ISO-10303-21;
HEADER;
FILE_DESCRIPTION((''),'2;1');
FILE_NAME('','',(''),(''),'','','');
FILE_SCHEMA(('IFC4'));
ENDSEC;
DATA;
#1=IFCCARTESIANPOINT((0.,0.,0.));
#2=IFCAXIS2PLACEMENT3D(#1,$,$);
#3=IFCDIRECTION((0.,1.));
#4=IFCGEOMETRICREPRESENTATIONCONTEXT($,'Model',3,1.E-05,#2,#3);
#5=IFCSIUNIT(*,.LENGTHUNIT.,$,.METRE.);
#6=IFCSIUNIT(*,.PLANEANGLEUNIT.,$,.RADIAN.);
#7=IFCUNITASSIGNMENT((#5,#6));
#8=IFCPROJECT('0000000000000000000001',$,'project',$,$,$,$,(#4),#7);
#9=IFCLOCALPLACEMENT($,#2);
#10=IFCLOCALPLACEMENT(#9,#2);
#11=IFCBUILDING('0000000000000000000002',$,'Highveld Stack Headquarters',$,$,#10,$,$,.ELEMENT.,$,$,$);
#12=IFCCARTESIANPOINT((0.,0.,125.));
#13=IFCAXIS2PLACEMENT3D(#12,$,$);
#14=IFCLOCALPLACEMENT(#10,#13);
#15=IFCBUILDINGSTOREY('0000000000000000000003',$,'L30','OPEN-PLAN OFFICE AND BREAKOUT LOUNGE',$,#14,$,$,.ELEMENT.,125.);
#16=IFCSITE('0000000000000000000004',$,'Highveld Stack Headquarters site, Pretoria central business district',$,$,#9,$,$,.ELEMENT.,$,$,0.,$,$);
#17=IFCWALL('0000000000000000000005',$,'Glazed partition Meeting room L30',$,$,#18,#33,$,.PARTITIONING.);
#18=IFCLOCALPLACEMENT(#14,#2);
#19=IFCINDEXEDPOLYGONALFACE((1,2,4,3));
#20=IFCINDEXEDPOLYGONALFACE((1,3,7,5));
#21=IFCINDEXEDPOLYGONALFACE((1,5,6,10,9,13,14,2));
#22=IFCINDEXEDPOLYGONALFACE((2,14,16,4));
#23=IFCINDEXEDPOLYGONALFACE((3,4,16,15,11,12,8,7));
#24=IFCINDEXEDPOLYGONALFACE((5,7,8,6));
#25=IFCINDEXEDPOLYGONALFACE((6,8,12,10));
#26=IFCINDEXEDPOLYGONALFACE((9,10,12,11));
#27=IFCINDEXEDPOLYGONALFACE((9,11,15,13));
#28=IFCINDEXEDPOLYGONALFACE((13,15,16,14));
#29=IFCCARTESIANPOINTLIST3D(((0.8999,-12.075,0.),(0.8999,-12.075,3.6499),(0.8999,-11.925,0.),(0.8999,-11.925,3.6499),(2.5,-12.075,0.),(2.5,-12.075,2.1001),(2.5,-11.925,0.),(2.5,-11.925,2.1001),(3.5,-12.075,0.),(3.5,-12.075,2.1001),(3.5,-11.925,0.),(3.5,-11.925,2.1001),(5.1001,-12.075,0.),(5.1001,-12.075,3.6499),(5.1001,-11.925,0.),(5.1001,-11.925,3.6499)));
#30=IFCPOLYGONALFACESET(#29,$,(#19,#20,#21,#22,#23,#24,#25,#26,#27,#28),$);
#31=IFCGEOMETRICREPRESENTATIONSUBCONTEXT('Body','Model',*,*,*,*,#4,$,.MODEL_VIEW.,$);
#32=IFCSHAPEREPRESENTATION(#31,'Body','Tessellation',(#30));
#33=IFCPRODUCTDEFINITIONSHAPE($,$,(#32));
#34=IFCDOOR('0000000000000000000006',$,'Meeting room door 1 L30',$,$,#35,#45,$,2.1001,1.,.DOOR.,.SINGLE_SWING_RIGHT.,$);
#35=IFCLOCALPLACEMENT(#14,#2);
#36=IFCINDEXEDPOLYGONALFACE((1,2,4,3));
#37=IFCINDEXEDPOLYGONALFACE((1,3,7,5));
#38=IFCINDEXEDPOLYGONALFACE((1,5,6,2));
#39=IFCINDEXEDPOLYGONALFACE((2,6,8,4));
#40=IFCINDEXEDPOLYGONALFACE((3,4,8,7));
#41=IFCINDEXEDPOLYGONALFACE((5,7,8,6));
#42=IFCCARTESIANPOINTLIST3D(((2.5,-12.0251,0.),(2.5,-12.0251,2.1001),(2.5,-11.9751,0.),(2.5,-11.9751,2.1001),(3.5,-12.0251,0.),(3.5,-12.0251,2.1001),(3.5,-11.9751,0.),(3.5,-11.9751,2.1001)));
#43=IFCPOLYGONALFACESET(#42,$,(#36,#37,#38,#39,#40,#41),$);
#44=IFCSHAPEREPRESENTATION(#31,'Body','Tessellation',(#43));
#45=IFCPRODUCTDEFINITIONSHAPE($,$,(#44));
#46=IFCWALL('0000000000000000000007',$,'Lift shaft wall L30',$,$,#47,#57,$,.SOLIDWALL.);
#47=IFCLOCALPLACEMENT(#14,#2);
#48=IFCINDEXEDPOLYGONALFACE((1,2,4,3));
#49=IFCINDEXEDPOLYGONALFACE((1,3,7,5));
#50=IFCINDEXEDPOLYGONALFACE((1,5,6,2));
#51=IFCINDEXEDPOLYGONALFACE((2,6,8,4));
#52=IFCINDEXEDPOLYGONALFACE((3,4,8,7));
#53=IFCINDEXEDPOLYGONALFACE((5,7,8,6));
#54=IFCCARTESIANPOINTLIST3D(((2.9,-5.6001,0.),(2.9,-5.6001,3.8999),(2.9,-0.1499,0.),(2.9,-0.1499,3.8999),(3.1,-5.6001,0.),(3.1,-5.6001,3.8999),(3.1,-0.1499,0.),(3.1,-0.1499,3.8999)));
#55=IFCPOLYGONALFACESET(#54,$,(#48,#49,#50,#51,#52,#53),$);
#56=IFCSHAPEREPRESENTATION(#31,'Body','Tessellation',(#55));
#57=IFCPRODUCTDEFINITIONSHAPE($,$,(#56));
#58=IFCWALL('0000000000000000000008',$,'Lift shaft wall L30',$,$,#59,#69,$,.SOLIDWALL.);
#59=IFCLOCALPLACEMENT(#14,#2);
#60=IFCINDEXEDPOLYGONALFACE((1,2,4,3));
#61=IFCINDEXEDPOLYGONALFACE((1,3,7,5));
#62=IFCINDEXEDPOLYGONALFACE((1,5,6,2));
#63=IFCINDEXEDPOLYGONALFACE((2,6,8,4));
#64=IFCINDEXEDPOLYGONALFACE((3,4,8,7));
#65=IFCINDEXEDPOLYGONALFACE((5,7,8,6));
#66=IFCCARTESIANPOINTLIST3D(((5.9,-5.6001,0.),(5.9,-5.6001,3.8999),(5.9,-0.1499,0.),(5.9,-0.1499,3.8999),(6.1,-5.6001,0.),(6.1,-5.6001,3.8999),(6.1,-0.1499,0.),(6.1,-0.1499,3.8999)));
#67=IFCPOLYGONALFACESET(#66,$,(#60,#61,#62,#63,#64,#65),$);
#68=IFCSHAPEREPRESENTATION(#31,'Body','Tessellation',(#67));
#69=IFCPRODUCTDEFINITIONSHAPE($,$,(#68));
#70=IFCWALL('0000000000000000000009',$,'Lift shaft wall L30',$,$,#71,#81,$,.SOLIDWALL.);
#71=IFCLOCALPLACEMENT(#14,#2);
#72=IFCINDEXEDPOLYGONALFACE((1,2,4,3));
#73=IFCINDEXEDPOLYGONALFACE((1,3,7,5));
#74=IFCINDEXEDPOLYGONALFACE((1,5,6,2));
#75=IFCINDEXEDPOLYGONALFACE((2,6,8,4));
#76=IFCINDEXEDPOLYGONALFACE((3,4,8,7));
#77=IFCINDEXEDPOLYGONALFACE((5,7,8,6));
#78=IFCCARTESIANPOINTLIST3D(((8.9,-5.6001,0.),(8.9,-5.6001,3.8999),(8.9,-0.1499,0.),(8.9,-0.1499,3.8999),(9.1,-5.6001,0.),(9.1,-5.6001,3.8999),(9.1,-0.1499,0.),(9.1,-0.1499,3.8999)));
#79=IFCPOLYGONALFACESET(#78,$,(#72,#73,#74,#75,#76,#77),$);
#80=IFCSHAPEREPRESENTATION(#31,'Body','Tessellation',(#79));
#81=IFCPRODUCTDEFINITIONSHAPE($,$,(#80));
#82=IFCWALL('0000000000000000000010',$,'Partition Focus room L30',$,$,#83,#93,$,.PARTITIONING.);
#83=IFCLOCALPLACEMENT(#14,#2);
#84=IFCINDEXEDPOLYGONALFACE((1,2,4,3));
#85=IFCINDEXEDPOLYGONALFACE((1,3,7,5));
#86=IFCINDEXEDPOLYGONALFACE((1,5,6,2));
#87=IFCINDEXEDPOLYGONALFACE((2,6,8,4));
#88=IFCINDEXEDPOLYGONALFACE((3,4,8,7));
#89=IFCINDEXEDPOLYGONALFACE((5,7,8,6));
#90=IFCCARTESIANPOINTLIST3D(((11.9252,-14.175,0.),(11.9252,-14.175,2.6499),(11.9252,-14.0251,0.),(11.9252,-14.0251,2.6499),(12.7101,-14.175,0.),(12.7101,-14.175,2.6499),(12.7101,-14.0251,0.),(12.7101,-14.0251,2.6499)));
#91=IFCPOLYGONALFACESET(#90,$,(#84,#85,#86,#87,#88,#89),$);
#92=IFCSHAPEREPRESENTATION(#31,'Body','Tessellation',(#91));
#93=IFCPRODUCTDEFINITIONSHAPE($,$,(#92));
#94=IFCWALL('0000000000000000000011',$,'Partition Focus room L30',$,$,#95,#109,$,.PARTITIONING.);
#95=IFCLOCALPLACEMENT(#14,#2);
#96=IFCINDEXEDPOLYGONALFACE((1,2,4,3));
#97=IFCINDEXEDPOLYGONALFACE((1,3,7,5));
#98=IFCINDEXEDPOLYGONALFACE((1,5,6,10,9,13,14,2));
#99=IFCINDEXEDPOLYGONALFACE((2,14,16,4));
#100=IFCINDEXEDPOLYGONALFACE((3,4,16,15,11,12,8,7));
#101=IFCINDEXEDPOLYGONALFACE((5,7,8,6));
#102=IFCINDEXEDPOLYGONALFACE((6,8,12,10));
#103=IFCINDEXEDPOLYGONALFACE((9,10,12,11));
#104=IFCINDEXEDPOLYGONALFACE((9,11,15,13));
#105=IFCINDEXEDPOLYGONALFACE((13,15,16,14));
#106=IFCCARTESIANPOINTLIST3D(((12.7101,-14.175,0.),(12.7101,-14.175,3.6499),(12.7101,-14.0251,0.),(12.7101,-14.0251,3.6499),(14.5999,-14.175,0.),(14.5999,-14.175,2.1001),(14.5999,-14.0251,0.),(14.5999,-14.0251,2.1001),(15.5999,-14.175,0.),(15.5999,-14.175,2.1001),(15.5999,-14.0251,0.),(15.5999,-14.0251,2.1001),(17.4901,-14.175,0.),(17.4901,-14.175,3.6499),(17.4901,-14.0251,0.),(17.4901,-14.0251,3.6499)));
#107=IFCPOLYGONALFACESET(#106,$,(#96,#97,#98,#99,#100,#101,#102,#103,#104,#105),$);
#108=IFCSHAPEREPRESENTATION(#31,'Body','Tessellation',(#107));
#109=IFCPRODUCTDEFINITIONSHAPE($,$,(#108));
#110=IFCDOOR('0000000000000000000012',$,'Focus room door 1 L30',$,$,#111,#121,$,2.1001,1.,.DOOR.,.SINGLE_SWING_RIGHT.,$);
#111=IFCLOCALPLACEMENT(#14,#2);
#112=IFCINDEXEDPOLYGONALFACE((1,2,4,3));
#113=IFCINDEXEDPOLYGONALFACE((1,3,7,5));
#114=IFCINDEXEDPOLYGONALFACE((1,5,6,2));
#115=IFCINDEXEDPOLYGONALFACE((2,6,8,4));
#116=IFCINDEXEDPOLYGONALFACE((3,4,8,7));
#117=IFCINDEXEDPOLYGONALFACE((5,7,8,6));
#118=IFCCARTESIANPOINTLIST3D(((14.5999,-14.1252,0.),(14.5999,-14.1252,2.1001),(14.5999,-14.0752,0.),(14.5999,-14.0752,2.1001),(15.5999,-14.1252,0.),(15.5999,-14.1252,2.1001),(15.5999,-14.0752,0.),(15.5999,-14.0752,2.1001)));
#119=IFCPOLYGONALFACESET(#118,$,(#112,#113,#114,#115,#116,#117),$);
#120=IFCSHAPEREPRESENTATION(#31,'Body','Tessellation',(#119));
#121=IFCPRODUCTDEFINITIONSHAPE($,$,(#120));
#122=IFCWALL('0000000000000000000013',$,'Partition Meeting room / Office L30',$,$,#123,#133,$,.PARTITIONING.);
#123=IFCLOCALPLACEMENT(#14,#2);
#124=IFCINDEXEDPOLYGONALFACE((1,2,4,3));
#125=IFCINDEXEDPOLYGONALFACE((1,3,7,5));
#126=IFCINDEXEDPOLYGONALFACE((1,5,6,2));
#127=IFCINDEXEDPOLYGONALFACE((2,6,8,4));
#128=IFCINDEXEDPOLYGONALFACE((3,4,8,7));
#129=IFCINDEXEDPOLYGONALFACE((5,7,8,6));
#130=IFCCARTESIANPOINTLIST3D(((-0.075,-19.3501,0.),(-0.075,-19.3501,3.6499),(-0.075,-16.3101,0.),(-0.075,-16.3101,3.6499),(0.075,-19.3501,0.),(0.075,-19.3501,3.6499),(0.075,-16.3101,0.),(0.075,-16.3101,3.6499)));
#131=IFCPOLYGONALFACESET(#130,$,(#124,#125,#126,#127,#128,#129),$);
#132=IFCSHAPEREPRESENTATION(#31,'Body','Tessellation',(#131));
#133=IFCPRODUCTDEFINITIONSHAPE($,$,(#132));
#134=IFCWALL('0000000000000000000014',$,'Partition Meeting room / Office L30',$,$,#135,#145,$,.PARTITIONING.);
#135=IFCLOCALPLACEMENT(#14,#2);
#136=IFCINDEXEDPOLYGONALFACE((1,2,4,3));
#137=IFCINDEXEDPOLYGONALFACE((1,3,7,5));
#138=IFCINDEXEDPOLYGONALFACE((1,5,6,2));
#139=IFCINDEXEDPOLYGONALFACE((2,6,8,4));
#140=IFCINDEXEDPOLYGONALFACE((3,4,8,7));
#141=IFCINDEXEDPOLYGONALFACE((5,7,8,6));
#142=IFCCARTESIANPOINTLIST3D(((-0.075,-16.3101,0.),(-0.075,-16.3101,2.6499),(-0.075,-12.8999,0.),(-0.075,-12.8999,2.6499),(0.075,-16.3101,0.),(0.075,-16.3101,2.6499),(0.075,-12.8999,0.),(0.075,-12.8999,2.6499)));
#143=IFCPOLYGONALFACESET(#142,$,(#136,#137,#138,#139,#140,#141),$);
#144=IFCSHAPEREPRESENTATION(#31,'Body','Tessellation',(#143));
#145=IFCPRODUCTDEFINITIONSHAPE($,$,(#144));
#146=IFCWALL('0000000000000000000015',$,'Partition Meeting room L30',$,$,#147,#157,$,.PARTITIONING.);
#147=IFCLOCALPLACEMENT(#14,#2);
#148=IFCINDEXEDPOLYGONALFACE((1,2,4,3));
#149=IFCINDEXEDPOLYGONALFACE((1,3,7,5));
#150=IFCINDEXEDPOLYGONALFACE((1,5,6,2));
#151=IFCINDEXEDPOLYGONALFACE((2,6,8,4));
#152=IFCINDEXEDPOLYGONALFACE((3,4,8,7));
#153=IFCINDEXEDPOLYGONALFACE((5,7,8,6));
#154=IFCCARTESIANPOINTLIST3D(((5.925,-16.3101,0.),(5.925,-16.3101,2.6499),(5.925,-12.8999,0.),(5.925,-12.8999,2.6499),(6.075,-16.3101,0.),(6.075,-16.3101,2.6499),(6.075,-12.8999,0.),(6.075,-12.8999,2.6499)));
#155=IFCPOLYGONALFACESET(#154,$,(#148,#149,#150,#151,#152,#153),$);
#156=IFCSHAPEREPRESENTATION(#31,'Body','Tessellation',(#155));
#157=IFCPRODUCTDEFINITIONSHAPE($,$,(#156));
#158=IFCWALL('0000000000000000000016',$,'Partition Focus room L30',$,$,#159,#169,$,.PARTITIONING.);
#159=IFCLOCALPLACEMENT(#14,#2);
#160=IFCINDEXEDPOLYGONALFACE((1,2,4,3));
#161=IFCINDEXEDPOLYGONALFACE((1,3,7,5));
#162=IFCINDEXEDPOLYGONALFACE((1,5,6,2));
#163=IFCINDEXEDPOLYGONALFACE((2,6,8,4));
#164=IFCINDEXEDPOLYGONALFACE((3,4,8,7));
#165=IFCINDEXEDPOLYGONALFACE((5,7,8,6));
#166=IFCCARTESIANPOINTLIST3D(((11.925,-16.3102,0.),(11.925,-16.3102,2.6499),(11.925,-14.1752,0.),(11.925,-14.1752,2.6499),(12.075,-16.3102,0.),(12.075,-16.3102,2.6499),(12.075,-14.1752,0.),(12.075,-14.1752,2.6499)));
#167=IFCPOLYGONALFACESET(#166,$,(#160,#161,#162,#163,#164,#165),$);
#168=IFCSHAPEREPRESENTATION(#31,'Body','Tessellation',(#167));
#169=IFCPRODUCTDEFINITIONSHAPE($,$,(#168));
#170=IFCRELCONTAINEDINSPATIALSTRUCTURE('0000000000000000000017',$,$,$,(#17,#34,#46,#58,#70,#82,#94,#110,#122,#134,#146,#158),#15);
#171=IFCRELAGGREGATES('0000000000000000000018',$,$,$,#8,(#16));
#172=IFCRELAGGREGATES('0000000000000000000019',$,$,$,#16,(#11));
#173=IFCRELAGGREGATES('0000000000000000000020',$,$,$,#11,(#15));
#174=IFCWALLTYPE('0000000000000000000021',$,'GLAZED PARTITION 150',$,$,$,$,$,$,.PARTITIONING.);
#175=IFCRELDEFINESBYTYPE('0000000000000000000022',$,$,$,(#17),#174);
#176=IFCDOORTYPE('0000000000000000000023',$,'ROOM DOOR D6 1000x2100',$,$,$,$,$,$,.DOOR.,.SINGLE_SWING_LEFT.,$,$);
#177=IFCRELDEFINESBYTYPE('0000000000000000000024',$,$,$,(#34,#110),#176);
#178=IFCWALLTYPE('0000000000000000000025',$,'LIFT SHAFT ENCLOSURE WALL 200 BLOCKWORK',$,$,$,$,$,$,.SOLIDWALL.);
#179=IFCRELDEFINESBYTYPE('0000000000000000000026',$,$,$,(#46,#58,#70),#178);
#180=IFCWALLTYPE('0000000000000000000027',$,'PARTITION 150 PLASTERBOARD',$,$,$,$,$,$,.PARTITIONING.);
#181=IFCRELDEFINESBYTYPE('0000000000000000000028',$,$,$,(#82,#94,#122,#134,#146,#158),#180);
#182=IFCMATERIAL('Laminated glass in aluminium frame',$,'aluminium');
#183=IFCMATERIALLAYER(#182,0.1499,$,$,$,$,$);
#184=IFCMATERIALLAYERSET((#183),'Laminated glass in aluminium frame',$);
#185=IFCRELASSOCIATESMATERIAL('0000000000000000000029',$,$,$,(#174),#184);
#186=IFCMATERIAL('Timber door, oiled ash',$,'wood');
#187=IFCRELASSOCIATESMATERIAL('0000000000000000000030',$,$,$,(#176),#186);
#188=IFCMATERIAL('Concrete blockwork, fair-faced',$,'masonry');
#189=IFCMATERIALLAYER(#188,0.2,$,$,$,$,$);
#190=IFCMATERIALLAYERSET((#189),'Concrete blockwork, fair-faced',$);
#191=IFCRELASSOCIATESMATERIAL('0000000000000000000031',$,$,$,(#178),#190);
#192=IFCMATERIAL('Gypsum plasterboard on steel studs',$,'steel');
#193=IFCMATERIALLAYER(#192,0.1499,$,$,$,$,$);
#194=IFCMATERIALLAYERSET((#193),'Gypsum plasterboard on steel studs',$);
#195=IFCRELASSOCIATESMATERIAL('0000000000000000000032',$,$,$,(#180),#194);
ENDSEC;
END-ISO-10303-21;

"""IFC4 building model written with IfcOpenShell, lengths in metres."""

from ifc_helpers import new_model, si_unit, direction, frame, frame_2d, origin, place, context, subcontext, project, spatial, rectangle, extrude, material, layer, layer_set, type_object, element, fill, save


model = new_model("IFC4")

# Units and contexts
model_context = context("Model", 3, precision=1e-05, world=origin(), true_north=direction((0.0, 1.0)))
body_context = subcontext(model_context, "Body", "Model", "MODEL_VIEW")
ifc_project = project(units=[si_unit("LENGTHUNIT", "METRE"), si_unit("PLANEANGLEUNIT", "RADIAN")], contexts=[model_context])

# Site, building, storey
site_placement = place(None, origin())
site = spatial("IfcSite", under=ifc_project, at=site_placement, Name="Highveld Stack Headquarters site, Pretoria central business district", CompositionType="ELEMENT", RefElevation=0.0)
building_placement = place(site_placement, origin())
building = spatial("IfcBuilding", under=site, at=building_placement, Name="Highveld Stack Headquarters", CompositionType="ELEMENT")
storey_placement = place(building_placement, frame((0.0, 0.0, 125.0)))
storey = spatial("IfcBuildingStorey", under=building, at=storey_placement, Name="L30", Description="OPEN-PLAN OFFICE AND BREAKOUT LOUNGE", CompositionType="ELEMENT", Elevation=125.0)

# Wall, opening, door
ifc_material_1 = material(Name="Laminated glass in aluminium frame", Category="aluminium")
ifc_layer_1 = layer(ifc_material_1, 0.1499)
ifc_layer_set_1 = layer_set([ifc_layer_1], Name="Laminated glass in aluminium frame")
wall_type_1 = type_object("IfcWallType", Name="GLAZED PARTITION 150", PredefinedType="PARTITIONING", material=ifc_layer_set_1)
wall_1_placement = place(storey_placement, frame((0.8999, -12.0, 0.0), z_axis=(0.0, 0.0, 1.0), x_axis=(1.0, 0.0, 0.0)))
wall_1 = element("IfcWall", 1, at=wall_1_placement, inside=storey, type_object=wall_type_1, Name="Glazed partition Meeting room L30", PredefinedType="PARTITIONING", context=body_context, shape_type="SweptSolid", body=[
    extrude(rectangle(XDim=4.2002, YDim=0.1499, at=frame_2d((2.1001, 0.0))), origin(), (0.0, 0.0, 1.0), 3.6499),
])
opening_1_placement = place(wall_1_placement, frame((1.6001, 0.0, 0.0)))
opening_1 = element("IfcOpeningElement", 2, at=opening_1_placement, cuts=wall_1, PredefinedType="OPENING", context=body_context, shape_type="SweptSolid", body=[
    extrude(rectangle(XDim=1.0, YDim=2.1001, at=frame_2d((0.5, 1.05))), frame((0.0, 0.085, 0.0), z_axis=(0.0, -1.0, 0.0), x_axis=(1.0, 0.0, 0.0)), (0.0, 0.0, 1.0), 0.1699),
])
ifc_material_2 = material(Name="Timber door, oiled ash", Category="wood")
door_type = type_object("IfcDoorType", Name="ROOM DOOR D6 1000x2100", OperationType="SINGLE_SWING_LEFT", PredefinedType="DOOR", material=ifc_material_2)
door_1_placement = place(opening_1_placement, origin())
door_1 = element("IfcDoor", 3, at=door_1_placement, inside=storey, type_object=door_type, Name="Meeting room door 1 L30", OperationType="SINGLE_SWING_RIGHT", OverallHeight=2.1001, OverallWidth=1.0, PredefinedType="DOOR", context=body_context, shape_type="SweptSolid", body=[
    extrude(rectangle(XDim=1.0, YDim=2.1001, at=frame_2d((0.5, 1.05))), frame((0.0, 0.0249, 0.0), z_axis=(0.0, -1.0, 0.0), x_axis=(1.0, 0.0, 0.0)), (0.0, 0.0, 1.0), 0.05),
])
fill(opening_1, door_1)

# Walls
ifc_material_3 = material(Name="Concrete blockwork, fair-faced", Category="masonry")
ifc_layer_2 = layer(ifc_material_3, 0.2)
ifc_layer_set_2 = layer_set([ifc_layer_2], Name="Concrete blockwork, fair-faced")
wall_type_2 = type_object("IfcWallType", Name="LIFT SHAFT ENCLOSURE WALL 200 BLOCKWORK", PredefinedType="SOLIDWALL", material=ifc_layer_set_2)
for number, where, z_axis, x_axis, name in (
    (4, (3.0, -5.6001, 0.0), (0.0, 0.0, 1.0), (0.0, 1.0, 0.0), "Lift shaft wall L30"),
    (5, (6.0, -5.6001, 0.0), (0.0, 0.0, 1.0), (0.0, 1.0, 0.0), "Lift shaft wall L30"),
    (6, (9.0, -5.6001, 0.0), (0.0, 0.0, 1.0), (0.0, 1.0, 0.0), "Lift shaft wall L30"),
):
    element("IfcWall", number, at=place(storey_placement, frame(where, z_axis=z_axis, x_axis=x_axis)), inside=storey, type_object=wall_type_2, Name=name, PredefinedType="SOLIDWALL", context=body_context, shape_type="SweptSolid", body=[
        extrude(rectangle(XDim=5.4502, YDim=0.2, at=frame_2d((2.7251, 0.0))), origin(), (0.0, 0.0, 1.0), 3.8999),
    ])
ifc_material_4 = material(Name="Gypsum plasterboard on steel studs", Category="steel")
ifc_layer_3 = layer(ifc_material_4, 0.1499)
ifc_layer_set_3 = layer_set([ifc_layer_3], Name="Gypsum plasterboard on steel studs")
wall_type_3 = type_object("IfcWallType", Name="PARTITION 150 PLASTERBOARD", PredefinedType="PARTITIONING", material=ifc_layer_set_3)
wall_2_placement = place(storey_placement, frame((11.925, -14.1001, 0.0), z_axis=(0.0, 0.0, 1.0), x_axis=(1.0, 0.0, 0.0)))
element("IfcWall", 7, at=wall_2_placement, inside=storey, type_object=wall_type_3, Name="Partition Focus room L30", PredefinedType="PARTITIONING", context=body_context, shape_type="SweptSolid", body=[
    extrude(rectangle(XDim=0.7849, YDim=0.1499, at=frame_2d((0.3926, 0.0))), origin(), (0.0, 0.0, 1.0), 2.6499),
])

# Wall, opening, door
wall_3_placement = place(storey_placement, frame((12.71, -14.1001, 0.0), z_axis=(0.0, 0.0, 1.0), x_axis=(1.0, 0.0, 0.0)))
wall_3 = element("IfcWall", 8, at=wall_3_placement, inside=storey, type_object=wall_type_3, Name="Partition Focus room L30", PredefinedType="PARTITIONING", context=body_context, shape_type="SweptSolid", body=[
    extrude(rectangle(XDim=4.78, YDim=0.1499, at=frame_2d((2.3901, 0.0))), origin(), (0.0, 0.0, 1.0), 3.6499),
])
opening_2_placement = place(wall_3_placement, frame((1.8899, 0.0, 0.0)))
opening_2 = element("IfcOpeningElement", 9, at=opening_2_placement, cuts=wall_3, PredefinedType="OPENING", context=body_context, shape_type="SweptSolid", body=[
    extrude(rectangle(XDim=1.0, YDim=2.1001, at=frame_2d((0.5, 1.05))), frame((0.0, 0.085, 0.0), z_axis=(0.0, -1.0, 0.0), x_axis=(1.0, 0.0, 0.0)), (0.0, 0.0, 1.0), 0.1699),
])
door_2_placement = place(opening_2_placement, origin())
door_2 = element("IfcDoor", 10, at=door_2_placement, inside=storey, type_object=door_type, Name="Focus room door 1 L30", OperationType="SINGLE_SWING_RIGHT", OverallHeight=2.1001, OverallWidth=1.0, PredefinedType="DOOR", context=body_context, shape_type="SweptSolid", body=[
    extrude(rectangle(XDim=1.0, YDim=2.1001, at=frame_2d((0.5, 1.05))), frame((0.0, 0.0249, 0.0), z_axis=(0.0, -1.0, 0.0), x_axis=(1.0, 0.0, 0.0)), (0.0, 0.0, 1.0), 0.05),
])
fill(opening_2, door_2)

# Walls
wall_4_placement = place(storey_placement, frame((0.0, -19.3501, 0.0), z_axis=(0.0, 0.0, 1.0), x_axis=(0.0, 1.0, 0.0)))
element("IfcWall", 11, at=wall_4_placement, inside=storey, type_object=wall_type_3, Name="Partition Meeting room / Office L30", PredefinedType="PARTITIONING", context=body_context, shape_type="SweptSolid", body=[
    extrude(rectangle(XDim=3.04, YDim=0.1499, at=frame_2d((1.52, 0.0))), origin(), (0.0, 0.0, 1.0), 3.6499),
])
for number, where, z_axis, x_axis, name in (
    (12, (0.0, -16.3101, 0.0), (0.0, 0.0, 1.0), (0.0, 1.0, 0.0), "Partition Meeting room / Office L30"),
    (13, (6.0, -16.3101, 0.0), (0.0, 0.0, 1.0), (0.0, 1.0, 0.0), "Partition Meeting room L30"),
):
    element("IfcWall", number, at=place(storey_placement, frame(where, z_axis=z_axis, x_axis=x_axis)), inside=storey, type_object=wall_type_3, Name=name, PredefinedType="PARTITIONING", context=body_context, shape_type="SweptSolid", body=[
        extrude(rectangle(XDim=3.4102, YDim=0.1499, at=frame_2d((1.7051, 0.0))), origin(), (0.0, 0.0, 1.0), 2.6499),
    ])
wall_5_placement = place(storey_placement, frame((12.0, -16.3101, 0.0), z_axis=(0.0, 0.0, 1.0), x_axis=(0.0, 1.0, 0.0)))
element("IfcWall", 14, at=wall_5_placement, inside=storey, type_object=wall_type_3, Name="Partition Focus room L30", PredefinedType="PARTITIONING", context=body_context, shape_type="SweptSolid", body=[
    extrude(rectangle(XDim=2.135, YDim=0.1499, at=frame_2d((1.0674, 0.0))), origin(), (0.0, 0.0, 1.0), 2.6499),
])

save(model, "model.ifc")
